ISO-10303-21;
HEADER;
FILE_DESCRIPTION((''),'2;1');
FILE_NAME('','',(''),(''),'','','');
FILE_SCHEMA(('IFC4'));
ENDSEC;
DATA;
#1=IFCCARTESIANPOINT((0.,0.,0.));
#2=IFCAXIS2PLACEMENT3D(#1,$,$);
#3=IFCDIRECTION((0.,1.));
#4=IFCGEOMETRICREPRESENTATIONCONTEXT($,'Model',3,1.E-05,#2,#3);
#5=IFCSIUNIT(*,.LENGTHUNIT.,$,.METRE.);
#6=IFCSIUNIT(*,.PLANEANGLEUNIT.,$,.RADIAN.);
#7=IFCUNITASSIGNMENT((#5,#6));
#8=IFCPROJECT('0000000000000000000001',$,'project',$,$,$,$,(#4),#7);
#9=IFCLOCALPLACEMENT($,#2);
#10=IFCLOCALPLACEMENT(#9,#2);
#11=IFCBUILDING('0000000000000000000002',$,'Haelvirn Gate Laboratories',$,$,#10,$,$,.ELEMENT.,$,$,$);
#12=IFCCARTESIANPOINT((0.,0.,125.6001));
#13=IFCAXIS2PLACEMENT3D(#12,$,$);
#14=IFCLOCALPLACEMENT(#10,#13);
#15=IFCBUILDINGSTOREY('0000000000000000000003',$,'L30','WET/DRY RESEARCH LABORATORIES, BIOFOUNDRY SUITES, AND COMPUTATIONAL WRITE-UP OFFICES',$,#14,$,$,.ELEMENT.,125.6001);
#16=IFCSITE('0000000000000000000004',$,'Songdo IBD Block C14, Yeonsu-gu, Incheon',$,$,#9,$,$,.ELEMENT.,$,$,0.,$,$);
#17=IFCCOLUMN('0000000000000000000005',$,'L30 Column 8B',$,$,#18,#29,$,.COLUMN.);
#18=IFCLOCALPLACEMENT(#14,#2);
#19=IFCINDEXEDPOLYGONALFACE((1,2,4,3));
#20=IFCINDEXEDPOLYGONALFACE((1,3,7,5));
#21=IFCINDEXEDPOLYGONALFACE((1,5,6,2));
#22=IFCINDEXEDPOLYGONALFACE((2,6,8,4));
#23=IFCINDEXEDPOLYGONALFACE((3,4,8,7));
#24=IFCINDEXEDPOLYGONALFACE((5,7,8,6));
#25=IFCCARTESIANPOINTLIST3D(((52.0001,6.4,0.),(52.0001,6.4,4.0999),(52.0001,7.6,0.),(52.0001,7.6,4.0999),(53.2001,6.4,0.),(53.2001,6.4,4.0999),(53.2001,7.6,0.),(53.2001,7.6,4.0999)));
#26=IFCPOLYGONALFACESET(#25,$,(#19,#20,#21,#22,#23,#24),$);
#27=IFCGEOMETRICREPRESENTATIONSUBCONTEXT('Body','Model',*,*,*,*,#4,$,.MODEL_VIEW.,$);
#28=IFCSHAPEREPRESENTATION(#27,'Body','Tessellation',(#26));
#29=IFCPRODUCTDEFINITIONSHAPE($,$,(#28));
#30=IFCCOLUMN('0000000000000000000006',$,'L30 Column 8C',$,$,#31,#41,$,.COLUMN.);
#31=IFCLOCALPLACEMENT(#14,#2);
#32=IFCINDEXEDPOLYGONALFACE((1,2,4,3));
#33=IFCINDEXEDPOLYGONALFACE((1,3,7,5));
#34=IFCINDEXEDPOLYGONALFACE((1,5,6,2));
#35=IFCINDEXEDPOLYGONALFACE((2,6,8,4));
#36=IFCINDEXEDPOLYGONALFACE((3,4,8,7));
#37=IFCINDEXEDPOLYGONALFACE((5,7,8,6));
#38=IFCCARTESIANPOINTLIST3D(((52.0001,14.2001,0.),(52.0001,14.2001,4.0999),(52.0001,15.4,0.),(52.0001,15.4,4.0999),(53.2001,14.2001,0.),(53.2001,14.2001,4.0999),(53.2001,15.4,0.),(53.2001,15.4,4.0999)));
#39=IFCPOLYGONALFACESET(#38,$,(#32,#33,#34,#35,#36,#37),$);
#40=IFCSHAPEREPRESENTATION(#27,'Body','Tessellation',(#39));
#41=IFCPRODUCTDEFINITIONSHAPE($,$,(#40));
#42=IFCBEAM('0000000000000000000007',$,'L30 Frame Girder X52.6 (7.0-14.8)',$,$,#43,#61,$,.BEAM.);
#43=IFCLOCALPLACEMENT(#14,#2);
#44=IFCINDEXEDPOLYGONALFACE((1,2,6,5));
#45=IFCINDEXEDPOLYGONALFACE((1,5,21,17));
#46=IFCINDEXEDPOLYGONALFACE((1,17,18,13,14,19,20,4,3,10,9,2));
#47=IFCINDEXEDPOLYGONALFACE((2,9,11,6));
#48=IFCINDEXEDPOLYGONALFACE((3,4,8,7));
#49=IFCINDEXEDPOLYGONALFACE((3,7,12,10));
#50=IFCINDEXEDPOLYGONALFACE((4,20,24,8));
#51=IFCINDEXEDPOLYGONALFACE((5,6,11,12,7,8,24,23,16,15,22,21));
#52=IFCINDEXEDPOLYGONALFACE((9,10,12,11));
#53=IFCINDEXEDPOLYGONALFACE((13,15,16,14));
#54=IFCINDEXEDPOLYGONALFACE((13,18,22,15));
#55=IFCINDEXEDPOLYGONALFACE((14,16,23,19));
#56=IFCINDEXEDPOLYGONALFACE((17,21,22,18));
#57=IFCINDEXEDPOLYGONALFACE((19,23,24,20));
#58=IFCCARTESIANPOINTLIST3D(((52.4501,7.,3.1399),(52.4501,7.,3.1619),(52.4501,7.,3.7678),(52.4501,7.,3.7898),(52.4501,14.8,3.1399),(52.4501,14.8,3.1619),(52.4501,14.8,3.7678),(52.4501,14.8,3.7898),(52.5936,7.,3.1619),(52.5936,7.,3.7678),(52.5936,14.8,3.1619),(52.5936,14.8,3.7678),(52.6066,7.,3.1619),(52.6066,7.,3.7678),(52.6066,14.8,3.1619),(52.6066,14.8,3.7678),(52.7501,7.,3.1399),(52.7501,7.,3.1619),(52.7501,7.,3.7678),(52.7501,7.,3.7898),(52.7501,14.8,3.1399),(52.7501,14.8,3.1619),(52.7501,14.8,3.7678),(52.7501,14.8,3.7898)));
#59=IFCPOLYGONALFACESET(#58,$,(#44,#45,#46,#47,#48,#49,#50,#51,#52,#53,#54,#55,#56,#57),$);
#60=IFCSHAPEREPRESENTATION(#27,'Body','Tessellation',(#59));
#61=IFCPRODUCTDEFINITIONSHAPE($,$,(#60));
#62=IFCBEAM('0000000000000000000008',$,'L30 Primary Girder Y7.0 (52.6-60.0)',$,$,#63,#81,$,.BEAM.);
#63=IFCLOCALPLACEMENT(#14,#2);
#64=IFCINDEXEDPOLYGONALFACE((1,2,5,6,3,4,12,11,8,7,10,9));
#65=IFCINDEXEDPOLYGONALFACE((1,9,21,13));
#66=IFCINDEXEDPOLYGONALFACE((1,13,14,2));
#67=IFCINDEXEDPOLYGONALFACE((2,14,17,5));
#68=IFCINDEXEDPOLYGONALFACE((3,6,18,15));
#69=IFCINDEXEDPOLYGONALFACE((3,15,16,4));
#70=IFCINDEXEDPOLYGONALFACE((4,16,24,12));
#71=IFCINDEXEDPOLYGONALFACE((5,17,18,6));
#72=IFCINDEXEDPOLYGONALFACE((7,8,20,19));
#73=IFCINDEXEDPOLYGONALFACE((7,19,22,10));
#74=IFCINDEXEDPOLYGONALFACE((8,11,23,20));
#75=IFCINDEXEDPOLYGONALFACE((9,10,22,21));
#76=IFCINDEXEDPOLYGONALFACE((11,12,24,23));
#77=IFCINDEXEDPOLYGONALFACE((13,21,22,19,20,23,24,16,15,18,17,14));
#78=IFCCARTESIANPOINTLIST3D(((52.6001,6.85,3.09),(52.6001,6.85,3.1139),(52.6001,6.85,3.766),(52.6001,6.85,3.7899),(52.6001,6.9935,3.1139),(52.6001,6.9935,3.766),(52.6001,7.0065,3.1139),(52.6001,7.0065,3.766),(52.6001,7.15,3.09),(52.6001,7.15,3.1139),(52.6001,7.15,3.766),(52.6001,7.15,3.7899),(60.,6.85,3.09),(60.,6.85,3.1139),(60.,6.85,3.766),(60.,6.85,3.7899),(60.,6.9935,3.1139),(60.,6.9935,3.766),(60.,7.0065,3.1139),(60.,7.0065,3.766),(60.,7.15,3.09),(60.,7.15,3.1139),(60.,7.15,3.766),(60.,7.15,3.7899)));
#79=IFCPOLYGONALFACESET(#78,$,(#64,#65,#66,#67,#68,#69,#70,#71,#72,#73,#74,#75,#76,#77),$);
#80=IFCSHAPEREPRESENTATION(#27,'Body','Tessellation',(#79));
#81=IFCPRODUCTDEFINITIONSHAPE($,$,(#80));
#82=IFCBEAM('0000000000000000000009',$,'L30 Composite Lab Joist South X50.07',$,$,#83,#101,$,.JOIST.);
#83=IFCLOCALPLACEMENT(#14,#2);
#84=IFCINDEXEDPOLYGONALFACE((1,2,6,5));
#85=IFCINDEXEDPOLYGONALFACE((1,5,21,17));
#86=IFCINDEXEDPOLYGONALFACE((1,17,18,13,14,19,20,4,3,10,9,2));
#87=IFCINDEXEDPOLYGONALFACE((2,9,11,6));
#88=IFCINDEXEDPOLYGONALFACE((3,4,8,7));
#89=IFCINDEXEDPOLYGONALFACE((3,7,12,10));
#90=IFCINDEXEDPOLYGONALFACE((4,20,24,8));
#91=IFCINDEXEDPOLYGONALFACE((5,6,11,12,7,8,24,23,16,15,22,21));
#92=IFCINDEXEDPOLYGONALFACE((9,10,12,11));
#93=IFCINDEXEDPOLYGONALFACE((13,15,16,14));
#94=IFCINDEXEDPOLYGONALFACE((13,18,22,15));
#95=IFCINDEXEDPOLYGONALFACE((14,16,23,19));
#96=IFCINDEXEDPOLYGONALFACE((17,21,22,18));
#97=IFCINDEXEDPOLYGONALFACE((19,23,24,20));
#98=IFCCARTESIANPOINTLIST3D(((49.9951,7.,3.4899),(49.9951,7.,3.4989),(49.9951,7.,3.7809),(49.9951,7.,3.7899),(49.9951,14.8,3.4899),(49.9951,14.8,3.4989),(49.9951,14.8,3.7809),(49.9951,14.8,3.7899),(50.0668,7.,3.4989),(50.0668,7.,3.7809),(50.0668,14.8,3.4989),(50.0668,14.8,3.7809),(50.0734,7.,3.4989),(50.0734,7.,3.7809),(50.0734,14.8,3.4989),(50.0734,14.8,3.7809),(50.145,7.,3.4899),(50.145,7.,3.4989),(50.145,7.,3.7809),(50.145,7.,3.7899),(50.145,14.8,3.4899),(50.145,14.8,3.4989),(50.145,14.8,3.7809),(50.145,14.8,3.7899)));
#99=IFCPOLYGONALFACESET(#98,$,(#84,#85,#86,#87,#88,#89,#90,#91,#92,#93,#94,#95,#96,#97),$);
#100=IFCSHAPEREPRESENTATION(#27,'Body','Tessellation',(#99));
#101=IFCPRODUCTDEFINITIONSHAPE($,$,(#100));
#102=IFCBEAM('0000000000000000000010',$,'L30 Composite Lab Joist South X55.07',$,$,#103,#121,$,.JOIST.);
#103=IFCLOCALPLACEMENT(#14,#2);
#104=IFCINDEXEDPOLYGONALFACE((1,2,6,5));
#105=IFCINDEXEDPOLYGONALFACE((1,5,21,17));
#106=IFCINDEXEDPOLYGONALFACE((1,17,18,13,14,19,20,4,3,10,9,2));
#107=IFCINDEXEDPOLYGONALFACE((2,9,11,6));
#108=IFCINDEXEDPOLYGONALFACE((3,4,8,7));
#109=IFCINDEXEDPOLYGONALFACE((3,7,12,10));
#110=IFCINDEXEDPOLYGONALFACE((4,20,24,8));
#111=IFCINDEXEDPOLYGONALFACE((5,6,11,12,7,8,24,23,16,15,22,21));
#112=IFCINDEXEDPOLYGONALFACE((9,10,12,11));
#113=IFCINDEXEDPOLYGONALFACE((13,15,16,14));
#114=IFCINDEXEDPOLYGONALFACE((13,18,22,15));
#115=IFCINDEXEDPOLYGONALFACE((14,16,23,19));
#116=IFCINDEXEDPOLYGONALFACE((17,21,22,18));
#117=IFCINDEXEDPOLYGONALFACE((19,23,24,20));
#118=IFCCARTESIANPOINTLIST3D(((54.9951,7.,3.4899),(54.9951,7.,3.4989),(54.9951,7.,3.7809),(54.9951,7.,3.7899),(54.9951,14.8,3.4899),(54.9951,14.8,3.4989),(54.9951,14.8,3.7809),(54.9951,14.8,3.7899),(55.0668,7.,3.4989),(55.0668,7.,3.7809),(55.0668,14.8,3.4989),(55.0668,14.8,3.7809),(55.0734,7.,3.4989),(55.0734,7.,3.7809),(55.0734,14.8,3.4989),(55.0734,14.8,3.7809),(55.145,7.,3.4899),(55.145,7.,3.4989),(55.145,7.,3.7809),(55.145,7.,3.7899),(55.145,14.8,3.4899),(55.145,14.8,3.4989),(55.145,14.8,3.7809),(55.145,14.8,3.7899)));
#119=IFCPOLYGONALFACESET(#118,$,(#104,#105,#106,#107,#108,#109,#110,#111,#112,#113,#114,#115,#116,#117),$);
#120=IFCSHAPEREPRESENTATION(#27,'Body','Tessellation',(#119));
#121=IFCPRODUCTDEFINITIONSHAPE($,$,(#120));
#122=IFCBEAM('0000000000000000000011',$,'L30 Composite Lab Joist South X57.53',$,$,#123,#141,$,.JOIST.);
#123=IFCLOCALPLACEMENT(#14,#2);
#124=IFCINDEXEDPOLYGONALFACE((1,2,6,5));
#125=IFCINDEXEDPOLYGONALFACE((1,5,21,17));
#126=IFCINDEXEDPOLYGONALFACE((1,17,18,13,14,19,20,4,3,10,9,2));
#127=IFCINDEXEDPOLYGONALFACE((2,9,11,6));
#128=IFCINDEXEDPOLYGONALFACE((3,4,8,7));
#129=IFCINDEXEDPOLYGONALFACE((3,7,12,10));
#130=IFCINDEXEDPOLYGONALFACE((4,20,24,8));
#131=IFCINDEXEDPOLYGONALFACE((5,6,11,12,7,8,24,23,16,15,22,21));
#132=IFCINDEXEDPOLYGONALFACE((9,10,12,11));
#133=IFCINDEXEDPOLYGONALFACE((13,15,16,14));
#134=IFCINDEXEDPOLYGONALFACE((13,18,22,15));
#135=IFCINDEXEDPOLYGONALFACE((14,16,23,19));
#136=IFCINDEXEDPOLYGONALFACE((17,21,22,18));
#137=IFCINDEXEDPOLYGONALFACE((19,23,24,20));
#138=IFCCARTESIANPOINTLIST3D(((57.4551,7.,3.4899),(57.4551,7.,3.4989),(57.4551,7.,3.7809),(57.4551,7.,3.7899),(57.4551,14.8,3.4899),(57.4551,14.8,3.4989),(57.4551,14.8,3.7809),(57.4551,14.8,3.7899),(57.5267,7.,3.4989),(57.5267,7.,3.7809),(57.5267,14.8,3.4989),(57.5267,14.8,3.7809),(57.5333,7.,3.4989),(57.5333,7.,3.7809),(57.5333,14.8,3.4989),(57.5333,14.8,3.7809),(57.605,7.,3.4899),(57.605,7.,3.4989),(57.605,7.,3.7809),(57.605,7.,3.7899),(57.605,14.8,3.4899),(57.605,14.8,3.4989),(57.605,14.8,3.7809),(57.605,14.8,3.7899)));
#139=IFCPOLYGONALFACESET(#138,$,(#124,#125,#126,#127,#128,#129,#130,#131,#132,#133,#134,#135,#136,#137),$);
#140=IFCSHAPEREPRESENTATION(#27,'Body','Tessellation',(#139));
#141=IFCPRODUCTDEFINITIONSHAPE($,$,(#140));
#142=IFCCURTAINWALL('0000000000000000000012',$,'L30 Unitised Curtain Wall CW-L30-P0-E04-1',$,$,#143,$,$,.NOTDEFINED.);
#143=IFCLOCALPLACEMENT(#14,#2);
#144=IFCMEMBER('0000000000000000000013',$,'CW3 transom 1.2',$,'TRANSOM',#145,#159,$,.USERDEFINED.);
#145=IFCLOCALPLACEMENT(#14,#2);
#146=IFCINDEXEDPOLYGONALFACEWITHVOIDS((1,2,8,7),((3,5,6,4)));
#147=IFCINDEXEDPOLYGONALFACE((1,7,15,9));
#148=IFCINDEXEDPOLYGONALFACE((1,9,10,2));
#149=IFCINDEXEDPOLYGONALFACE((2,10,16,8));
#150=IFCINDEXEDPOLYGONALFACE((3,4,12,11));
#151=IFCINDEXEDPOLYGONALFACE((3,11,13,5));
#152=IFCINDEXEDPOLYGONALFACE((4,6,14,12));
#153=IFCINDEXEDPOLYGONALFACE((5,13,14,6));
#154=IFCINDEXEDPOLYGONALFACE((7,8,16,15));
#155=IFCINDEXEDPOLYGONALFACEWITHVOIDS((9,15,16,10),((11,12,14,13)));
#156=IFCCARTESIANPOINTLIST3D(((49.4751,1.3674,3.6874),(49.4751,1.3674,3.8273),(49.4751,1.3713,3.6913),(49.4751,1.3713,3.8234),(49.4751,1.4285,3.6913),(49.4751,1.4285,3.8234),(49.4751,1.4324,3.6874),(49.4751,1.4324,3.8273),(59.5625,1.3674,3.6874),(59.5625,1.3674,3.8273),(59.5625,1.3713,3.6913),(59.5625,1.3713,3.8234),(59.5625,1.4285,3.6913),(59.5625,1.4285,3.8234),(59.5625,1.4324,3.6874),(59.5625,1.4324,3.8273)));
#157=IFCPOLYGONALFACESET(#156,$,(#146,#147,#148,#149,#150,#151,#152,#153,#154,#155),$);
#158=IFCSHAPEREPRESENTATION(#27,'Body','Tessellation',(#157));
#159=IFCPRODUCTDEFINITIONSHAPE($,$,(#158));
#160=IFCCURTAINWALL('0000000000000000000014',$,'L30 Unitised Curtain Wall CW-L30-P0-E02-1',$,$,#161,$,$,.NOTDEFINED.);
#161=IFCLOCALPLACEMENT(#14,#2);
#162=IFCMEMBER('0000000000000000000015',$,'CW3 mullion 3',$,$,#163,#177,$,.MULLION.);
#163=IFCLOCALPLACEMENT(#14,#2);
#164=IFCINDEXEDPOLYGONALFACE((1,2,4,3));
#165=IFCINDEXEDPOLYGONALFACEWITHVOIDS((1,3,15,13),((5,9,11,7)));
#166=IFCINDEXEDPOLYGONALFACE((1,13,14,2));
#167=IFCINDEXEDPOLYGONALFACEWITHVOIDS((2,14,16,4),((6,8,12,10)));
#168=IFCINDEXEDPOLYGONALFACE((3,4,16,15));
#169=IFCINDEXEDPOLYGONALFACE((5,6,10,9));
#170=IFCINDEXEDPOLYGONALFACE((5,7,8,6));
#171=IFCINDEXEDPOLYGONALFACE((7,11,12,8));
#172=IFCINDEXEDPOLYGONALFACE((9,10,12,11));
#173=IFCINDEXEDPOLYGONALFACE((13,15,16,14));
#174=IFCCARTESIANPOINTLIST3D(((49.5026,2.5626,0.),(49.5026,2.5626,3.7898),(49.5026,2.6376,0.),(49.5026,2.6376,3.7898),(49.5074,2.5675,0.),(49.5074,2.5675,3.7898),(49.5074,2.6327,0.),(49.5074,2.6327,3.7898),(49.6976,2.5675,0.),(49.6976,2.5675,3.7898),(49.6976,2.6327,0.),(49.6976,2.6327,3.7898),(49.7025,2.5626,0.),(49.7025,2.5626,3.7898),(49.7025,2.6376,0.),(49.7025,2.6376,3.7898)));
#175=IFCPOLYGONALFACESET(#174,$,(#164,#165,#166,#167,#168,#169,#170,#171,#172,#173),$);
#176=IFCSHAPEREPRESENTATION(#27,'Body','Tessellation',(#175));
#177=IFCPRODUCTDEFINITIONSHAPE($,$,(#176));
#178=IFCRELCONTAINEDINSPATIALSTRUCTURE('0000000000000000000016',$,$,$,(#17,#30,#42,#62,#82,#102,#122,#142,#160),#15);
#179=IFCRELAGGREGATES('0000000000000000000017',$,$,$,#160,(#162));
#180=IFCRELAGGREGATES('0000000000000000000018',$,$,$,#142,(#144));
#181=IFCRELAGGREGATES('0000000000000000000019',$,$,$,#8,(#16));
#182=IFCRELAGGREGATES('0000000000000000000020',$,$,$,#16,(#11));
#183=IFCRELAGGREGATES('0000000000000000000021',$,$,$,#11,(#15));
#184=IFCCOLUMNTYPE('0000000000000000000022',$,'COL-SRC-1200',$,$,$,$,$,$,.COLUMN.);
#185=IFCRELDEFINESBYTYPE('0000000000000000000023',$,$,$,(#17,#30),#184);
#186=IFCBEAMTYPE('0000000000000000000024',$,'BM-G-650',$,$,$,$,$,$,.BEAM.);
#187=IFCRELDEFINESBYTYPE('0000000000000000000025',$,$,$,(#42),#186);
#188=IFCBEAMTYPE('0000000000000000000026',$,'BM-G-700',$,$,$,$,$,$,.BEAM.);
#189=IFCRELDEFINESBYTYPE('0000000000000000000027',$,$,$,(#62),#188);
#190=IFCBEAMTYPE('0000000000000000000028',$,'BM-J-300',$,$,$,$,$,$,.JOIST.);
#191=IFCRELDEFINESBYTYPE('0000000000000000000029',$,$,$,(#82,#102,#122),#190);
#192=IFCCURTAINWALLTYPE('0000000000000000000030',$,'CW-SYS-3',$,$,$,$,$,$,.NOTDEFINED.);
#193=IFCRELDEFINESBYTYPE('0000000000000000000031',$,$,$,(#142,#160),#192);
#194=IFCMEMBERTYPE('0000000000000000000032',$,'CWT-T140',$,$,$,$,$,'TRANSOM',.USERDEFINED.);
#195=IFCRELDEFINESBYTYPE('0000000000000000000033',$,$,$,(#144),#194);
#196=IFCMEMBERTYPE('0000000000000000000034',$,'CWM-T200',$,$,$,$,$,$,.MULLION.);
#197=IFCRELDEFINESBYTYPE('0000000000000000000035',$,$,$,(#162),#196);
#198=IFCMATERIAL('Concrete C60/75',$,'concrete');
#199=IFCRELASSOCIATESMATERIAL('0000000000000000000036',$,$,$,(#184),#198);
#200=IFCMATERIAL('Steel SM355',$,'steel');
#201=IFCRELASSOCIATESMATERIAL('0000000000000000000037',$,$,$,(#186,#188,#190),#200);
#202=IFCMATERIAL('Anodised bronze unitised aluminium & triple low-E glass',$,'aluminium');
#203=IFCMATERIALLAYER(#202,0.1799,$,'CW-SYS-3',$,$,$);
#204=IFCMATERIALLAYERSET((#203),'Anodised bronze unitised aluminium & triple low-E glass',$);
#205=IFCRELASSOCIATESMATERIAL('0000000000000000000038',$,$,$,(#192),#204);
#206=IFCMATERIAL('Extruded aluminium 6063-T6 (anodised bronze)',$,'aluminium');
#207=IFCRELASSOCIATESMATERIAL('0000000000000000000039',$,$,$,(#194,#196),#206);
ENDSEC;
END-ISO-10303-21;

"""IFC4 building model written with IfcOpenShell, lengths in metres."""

from ifc_helpers import new_model, si_unit, direction, frame, origin, origin_2d, place, context, subcontext, project, spatial, rectangle, hollow_rectangle, i_section, extrude, source, transform, mapped, material, layer, layer_set, material_profile, profile_set, type_object, type_shapes, element, aggregate, save


model = new_model("IFC4")

# Units and contexts
model_context = context("Model", 3, precision=1e-05, world=origin(), true_north=direction((0.0, 1.0)))
body_context = subcontext(model_context, "Body", "Model", "MODEL_VIEW")
ifc_project = project(units=[si_unit("LENGTHUNIT", "METRE"), si_unit("PLANEANGLEUNIT", "RADIAN")], contexts=[model_context])

# Site, building, storey
site_placement = place(None, origin())
site = spatial("IfcSite", under=ifc_project, at=site_placement, Name="Songdo IBD Block C14, Yeonsu-gu, Incheon", CompositionType="ELEMENT", RefElevation=0.0)
building_placement = place(site_placement, origin())
building = spatial("IfcBuilding", under=site, at=building_placement, Name="Haelvirn Gate Laboratories", CompositionType="ELEMENT")
storey_placement = place(building_placement, frame((0.0, 0.0, 125.6001)))
storey = spatial("IfcBuildingStorey", under=building, at=storey_placement, Name="L30", Description="WET/DRY RESEARCH LABORATORIES, BIOFOUNDRY SUITES, AND COMPUTATIONAL WRITE-UP OFFICES", CompositionType="ELEMENT", Elevation=125.6001)

# Columns
ifc_material_1 = material(Name="Concrete C60/75", Category="concrete")
ifc_material_profile_1 = material_profile(ifc_material_1, rectangle(XDim=1.2, YDim=1.2, at=origin_2d()), Name="SRC-1200x1200")
ifc_profile_set_1 = profile_set([ifc_material_profile_1], Name="Concrete C60/75")
column_type = type_object("IfcColumnType", Name="COL-SRC-1200", PredefinedType="COLUMN", material=ifc_profile_set_1)
shared_shape_1 = source(origin(), body_context, "Body", "SweptSolid", [
    extrude(rectangle(XDim=1.2, YDim=1.2, at=origin_2d()), origin(), (0.0, 0.0, 1.0), 4.0999),
])
type_shapes(column_type, [shared_shape_1])
for number, where, z_axis, x_axis, name in (
    (1, (52.6001, 7.0, 0.0), (0.0, 0.0, 1.0), (1.0, 0.0, 0.0), "L30 Column 8B"),
    (2, (52.6001, 14.8, 0.0), (0.0, 0.0, 1.0), (1.0, 0.0, 0.0), "L30 Column 8C"),
):
    element("IfcColumn", number, at=place(storey_placement, frame(where, z_axis=z_axis, x_axis=x_axis)), inside=storey, type_object=column_type, Name=name, PredefinedType="COLUMN", context=body_context, shape_type="MappedRepresentation", body=[
        mapped(shared_shape_1, transform((0.0, 0.0, 0.0), scale=1.0)),
    ])

# Beams
ifc_material_2 = material(Name="Steel SM355", Category="steel")
ifc_material_profile_2 = material_profile(ifc_material_2, i_section(OverallWidth=0.3, OverallDepth=0.6499, WebThickness=0.0129, FlangeThickness=0.022, at=origin_2d()), Name="H-650x300x13x22")
ifc_profile_set_2 = profile_set([ifc_material_profile_2], Name="Steel SM355")
beam_type_1 = type_object("IfcBeamType", Name="BM-G-650", PredefinedType="BEAM", material=ifc_profile_set_2)
shared_shape_2 = source(origin(), body_context, "Body", "SweptSolid", [
    extrude(i_section(OverallWidth=0.3, OverallDepth=0.6499, WebThickness=0.0129, FlangeThickness=0.022, at=origin_2d()), origin(), (0.0, 0.0, 1.0), 7.8),
])
type_shapes(beam_type_1, [shared_shape_2])
beam_1_placement = place(storey_placement, frame((52.6001, 7.0, 3.4648), z_axis=(0.0, 1.0, 0.0), x_axis=(-1.0, 0.0, 0.0)))
element("IfcBeam", 3, at=beam_1_placement, inside=storey, type_object=beam_type_1, Name="L30 Frame Girder X52.6 (7.0-14.8)", PredefinedType="BEAM", context=body_context, shape_type="MappedRepresentation", body=[
    mapped(shared_shape_2, transform((0.0, 0.0, 0.0), scale=1.0)),
])
ifc_material_profile_3 = material_profile(ifc_material_2, i_section(OverallWidth=0.3, OverallDepth=0.7, WebThickness=0.0129, FlangeThickness=0.0239, at=origin_2d()), Name="H-700x300x13x24")
ifc_profile_set_3 = profile_set([ifc_material_profile_3], Name="Steel SM355")
beam_type_2 = type_object("IfcBeamType", Name="BM-G-700", PredefinedType="BEAM", material=ifc_profile_set_3)
shared_shape_3 = source(origin(), body_context, "Body", "SweptSolid", [
    extrude(i_section(OverallWidth=0.3, OverallDepth=0.7, WebThickness=0.0129, FlangeThickness=0.0239, at=origin_2d()), origin(), (0.0, 0.0, 1.0), 7.3999),
])
type_shapes(beam_type_2, [shared_shape_3])
beam_2_placement = place(storey_placement, frame((52.6001, 7.0, 3.4399), z_axis=(1.0, 0.0, 0.0), x_axis=(0.0, 1.0, 0.0)))
element("IfcBeam", 4, at=beam_2_placement, inside=storey, type_object=beam_type_2, Name="L30 Primary Girder Y7.0 (52.6-60.0)", PredefinedType="BEAM", context=body_context, shape_type="MappedRepresentation", body=[
    mapped(shared_shape_3, transform((0.0, 0.0, 0.0), scale=1.0)),
])
ifc_material_profile_4 = material_profile(ifc_material_2, i_section(OverallWidth=0.1499, OverallDepth=0.3, WebThickness=0.0066, FlangeThickness=0.009, at=origin_2d()), Name="H-300x150x6.5x9")
ifc_profile_set_4 = profile_set([ifc_material_profile_4], Name="Steel SM355")
beam_type_3 = type_object("IfcBeamType", Name="BM-J-300", PredefinedType="JOIST", material=ifc_profile_set_4)
shared_shape_4 = source(origin(), body_context, "Body", "SweptSolid", [
    extrude(i_section(OverallWidth=0.1499, OverallDepth=0.3, WebThickness=0.0066, FlangeThickness=0.009, at=origin_2d()), origin(), (0.0, 0.0, 1.0), 7.8),
])
type_shapes(beam_type_3, [shared_shape_4])
for number, where, z_axis, x_axis, name in (
    (5, (50.0701, 7.0, 3.6399), (0.0, 1.0, 0.0), (-1.0, 0.0, 0.0), "L30 Composite Lab Joist South X50.07"),
    (6, (55.0701, 7.0, 3.6399), (0.0, 1.0, 0.0), (-1.0, 0.0, 0.0), "L30 Composite Lab Joist South X55.07"),
    (7, (57.53, 7.0, 3.6399), (0.0, 1.0, 0.0), (-1.0, 0.0, 0.0), "L30 Composite Lab Joist South X57.53"),
):
    element("IfcBeam", number, at=place(storey_placement, frame(where, z_axis=z_axis, x_axis=x_axis)), inside=storey, type_object=beam_type_3, Name=name, PredefinedType="JOIST", context=body_context, shape_type="MappedRepresentation", body=[
        mapped(shared_shape_4, transform((0.0, 0.0, 0.0), scale=1.0)),
    ])

# Curtain walls, members
ifc_material_3 = material(Name="Anodised bronze unitised aluminium & triple low-E glass", Category="aluminium")
ifc_layer_1 = layer(ifc_material_3, 0.1799, Name="CW-SYS-3")
ifc_layer_set_1 = layer_set([ifc_layer_1], Name="Anodised bronze unitised aluminium & triple low-E glass")
curtain_wall_type = type_object("IfcCurtainWallType", Name="CW-SYS-3", PredefinedType="NOTDEFINED", material=ifc_layer_set_1)
curtain_wall_1_placement = place(storey_placement, origin())
curtain_wall_1 = element("IfcCurtainWall", 8, at=curtain_wall_1_placement, inside=storey, type_object=curtain_wall_type, Name="L30 Unitised Curtain Wall CW-L30-P0-E04-1", PredefinedType="NOTDEFINED")
ifc_material_4 = material(Name="Extruded aluminium 6063-T6 (anodised bronze)", Category="aluminium")
ifc_material_profile_5 = material_profile(ifc_material_4, hollow_rectangle(XDim=0.0649, YDim=0.1399, WallThickness=0.0039, at=origin_2d()), Name="CWT-140x65x4")
ifc_profile_set_5 = profile_set([ifc_material_profile_5], Name="Extruded aluminium 6063-T6 (anodised bronze)")
member_type_1 = type_object("IfcMemberType", Name="CWT-T140", ElementType="TRANSOM", PredefinedType="USERDEFINED", material=ifc_profile_set_5)
shared_shape_5 = source(origin(), body_context, "Body", "SweptSolid", [
    extrude(hollow_rectangle(XDim=0.0649, YDim=0.1399, WallThickness=0.0039, at=origin_2d()), origin(), (0.0, 0.0, 1.0), 10.0874),
])
type_shapes(member_type_1, [shared_shape_5])
member_1_placement = place(storey_placement, frame((49.4751, 1.3999, 3.7573), z_axis=(1.0, 0.0, 0.0), x_axis=(0.0, 1.0, 0.0)))
member_1 = element("IfcMember", 9, at=member_1_placement, type_object=member_type_1, Name="CW3 transom 1.2", ObjectType="TRANSOM", PredefinedType="USERDEFINED", context=body_context, shape_type="MappedRepresentation", body=[
    mapped(shared_shape_5, transform((0.0, 0.0, 0.0), scale=1.0)),
])
curtain_wall_2_placement = place(storey_placement, origin())
curtain_wall_2 = element("IfcCurtainWall", 10, at=curtain_wall_2_placement, inside=storey, type_object=curtain_wall_type, Name="L30 Unitised Curtain Wall CW-L30-P0-E02-1", PredefinedType="NOTDEFINED")
ifc_material_profile_6 = material_profile(ifc_material_4, hollow_rectangle(XDim=0.075, YDim=0.2, WallThickness=0.0049, at=origin_2d()), Name="CWM-200x75x5")
ifc_profile_set_6 = profile_set([ifc_material_profile_6], Name="Extruded aluminium 6063-T6 (anodised bronze)")
member_type_2 = type_object("IfcMemberType", Name="CWM-T200", PredefinedType="MULLION", material=ifc_profile_set_6)
shared_shape_6 = source(origin(), body_context, "Body", "SweptSolid", [
    extrude(hollow_rectangle(XDim=0.075, YDim=0.2, WallThickness=0.0049, at=origin_2d()), origin(), (0.0, 0.0, 1.0), 3.7898),
])
type_shapes(member_type_2, [shared_shape_6])
member_2_placement = place(storey_placement, frame((49.6025, 2.6001, 0.0), z_axis=(0.0, 0.0, 1.0), x_axis=(0.0, 1.0, 0.0)))
member_2 = element("IfcMember", 11, at=member_2_placement, type_object=member_type_2, Name="CW3 mullion 3", PredefinedType="MULLION", context=body_context, shape_type="MappedRepresentation", body=[
    mapped(shared_shape_6, transform((0.0, 0.0, 0.0), scale=1.0)),
])
aggregate(curtain_wall_2, [member_2])

aggregate(curtain_wall_1, [member_1])

save(model, "model.ifc")
